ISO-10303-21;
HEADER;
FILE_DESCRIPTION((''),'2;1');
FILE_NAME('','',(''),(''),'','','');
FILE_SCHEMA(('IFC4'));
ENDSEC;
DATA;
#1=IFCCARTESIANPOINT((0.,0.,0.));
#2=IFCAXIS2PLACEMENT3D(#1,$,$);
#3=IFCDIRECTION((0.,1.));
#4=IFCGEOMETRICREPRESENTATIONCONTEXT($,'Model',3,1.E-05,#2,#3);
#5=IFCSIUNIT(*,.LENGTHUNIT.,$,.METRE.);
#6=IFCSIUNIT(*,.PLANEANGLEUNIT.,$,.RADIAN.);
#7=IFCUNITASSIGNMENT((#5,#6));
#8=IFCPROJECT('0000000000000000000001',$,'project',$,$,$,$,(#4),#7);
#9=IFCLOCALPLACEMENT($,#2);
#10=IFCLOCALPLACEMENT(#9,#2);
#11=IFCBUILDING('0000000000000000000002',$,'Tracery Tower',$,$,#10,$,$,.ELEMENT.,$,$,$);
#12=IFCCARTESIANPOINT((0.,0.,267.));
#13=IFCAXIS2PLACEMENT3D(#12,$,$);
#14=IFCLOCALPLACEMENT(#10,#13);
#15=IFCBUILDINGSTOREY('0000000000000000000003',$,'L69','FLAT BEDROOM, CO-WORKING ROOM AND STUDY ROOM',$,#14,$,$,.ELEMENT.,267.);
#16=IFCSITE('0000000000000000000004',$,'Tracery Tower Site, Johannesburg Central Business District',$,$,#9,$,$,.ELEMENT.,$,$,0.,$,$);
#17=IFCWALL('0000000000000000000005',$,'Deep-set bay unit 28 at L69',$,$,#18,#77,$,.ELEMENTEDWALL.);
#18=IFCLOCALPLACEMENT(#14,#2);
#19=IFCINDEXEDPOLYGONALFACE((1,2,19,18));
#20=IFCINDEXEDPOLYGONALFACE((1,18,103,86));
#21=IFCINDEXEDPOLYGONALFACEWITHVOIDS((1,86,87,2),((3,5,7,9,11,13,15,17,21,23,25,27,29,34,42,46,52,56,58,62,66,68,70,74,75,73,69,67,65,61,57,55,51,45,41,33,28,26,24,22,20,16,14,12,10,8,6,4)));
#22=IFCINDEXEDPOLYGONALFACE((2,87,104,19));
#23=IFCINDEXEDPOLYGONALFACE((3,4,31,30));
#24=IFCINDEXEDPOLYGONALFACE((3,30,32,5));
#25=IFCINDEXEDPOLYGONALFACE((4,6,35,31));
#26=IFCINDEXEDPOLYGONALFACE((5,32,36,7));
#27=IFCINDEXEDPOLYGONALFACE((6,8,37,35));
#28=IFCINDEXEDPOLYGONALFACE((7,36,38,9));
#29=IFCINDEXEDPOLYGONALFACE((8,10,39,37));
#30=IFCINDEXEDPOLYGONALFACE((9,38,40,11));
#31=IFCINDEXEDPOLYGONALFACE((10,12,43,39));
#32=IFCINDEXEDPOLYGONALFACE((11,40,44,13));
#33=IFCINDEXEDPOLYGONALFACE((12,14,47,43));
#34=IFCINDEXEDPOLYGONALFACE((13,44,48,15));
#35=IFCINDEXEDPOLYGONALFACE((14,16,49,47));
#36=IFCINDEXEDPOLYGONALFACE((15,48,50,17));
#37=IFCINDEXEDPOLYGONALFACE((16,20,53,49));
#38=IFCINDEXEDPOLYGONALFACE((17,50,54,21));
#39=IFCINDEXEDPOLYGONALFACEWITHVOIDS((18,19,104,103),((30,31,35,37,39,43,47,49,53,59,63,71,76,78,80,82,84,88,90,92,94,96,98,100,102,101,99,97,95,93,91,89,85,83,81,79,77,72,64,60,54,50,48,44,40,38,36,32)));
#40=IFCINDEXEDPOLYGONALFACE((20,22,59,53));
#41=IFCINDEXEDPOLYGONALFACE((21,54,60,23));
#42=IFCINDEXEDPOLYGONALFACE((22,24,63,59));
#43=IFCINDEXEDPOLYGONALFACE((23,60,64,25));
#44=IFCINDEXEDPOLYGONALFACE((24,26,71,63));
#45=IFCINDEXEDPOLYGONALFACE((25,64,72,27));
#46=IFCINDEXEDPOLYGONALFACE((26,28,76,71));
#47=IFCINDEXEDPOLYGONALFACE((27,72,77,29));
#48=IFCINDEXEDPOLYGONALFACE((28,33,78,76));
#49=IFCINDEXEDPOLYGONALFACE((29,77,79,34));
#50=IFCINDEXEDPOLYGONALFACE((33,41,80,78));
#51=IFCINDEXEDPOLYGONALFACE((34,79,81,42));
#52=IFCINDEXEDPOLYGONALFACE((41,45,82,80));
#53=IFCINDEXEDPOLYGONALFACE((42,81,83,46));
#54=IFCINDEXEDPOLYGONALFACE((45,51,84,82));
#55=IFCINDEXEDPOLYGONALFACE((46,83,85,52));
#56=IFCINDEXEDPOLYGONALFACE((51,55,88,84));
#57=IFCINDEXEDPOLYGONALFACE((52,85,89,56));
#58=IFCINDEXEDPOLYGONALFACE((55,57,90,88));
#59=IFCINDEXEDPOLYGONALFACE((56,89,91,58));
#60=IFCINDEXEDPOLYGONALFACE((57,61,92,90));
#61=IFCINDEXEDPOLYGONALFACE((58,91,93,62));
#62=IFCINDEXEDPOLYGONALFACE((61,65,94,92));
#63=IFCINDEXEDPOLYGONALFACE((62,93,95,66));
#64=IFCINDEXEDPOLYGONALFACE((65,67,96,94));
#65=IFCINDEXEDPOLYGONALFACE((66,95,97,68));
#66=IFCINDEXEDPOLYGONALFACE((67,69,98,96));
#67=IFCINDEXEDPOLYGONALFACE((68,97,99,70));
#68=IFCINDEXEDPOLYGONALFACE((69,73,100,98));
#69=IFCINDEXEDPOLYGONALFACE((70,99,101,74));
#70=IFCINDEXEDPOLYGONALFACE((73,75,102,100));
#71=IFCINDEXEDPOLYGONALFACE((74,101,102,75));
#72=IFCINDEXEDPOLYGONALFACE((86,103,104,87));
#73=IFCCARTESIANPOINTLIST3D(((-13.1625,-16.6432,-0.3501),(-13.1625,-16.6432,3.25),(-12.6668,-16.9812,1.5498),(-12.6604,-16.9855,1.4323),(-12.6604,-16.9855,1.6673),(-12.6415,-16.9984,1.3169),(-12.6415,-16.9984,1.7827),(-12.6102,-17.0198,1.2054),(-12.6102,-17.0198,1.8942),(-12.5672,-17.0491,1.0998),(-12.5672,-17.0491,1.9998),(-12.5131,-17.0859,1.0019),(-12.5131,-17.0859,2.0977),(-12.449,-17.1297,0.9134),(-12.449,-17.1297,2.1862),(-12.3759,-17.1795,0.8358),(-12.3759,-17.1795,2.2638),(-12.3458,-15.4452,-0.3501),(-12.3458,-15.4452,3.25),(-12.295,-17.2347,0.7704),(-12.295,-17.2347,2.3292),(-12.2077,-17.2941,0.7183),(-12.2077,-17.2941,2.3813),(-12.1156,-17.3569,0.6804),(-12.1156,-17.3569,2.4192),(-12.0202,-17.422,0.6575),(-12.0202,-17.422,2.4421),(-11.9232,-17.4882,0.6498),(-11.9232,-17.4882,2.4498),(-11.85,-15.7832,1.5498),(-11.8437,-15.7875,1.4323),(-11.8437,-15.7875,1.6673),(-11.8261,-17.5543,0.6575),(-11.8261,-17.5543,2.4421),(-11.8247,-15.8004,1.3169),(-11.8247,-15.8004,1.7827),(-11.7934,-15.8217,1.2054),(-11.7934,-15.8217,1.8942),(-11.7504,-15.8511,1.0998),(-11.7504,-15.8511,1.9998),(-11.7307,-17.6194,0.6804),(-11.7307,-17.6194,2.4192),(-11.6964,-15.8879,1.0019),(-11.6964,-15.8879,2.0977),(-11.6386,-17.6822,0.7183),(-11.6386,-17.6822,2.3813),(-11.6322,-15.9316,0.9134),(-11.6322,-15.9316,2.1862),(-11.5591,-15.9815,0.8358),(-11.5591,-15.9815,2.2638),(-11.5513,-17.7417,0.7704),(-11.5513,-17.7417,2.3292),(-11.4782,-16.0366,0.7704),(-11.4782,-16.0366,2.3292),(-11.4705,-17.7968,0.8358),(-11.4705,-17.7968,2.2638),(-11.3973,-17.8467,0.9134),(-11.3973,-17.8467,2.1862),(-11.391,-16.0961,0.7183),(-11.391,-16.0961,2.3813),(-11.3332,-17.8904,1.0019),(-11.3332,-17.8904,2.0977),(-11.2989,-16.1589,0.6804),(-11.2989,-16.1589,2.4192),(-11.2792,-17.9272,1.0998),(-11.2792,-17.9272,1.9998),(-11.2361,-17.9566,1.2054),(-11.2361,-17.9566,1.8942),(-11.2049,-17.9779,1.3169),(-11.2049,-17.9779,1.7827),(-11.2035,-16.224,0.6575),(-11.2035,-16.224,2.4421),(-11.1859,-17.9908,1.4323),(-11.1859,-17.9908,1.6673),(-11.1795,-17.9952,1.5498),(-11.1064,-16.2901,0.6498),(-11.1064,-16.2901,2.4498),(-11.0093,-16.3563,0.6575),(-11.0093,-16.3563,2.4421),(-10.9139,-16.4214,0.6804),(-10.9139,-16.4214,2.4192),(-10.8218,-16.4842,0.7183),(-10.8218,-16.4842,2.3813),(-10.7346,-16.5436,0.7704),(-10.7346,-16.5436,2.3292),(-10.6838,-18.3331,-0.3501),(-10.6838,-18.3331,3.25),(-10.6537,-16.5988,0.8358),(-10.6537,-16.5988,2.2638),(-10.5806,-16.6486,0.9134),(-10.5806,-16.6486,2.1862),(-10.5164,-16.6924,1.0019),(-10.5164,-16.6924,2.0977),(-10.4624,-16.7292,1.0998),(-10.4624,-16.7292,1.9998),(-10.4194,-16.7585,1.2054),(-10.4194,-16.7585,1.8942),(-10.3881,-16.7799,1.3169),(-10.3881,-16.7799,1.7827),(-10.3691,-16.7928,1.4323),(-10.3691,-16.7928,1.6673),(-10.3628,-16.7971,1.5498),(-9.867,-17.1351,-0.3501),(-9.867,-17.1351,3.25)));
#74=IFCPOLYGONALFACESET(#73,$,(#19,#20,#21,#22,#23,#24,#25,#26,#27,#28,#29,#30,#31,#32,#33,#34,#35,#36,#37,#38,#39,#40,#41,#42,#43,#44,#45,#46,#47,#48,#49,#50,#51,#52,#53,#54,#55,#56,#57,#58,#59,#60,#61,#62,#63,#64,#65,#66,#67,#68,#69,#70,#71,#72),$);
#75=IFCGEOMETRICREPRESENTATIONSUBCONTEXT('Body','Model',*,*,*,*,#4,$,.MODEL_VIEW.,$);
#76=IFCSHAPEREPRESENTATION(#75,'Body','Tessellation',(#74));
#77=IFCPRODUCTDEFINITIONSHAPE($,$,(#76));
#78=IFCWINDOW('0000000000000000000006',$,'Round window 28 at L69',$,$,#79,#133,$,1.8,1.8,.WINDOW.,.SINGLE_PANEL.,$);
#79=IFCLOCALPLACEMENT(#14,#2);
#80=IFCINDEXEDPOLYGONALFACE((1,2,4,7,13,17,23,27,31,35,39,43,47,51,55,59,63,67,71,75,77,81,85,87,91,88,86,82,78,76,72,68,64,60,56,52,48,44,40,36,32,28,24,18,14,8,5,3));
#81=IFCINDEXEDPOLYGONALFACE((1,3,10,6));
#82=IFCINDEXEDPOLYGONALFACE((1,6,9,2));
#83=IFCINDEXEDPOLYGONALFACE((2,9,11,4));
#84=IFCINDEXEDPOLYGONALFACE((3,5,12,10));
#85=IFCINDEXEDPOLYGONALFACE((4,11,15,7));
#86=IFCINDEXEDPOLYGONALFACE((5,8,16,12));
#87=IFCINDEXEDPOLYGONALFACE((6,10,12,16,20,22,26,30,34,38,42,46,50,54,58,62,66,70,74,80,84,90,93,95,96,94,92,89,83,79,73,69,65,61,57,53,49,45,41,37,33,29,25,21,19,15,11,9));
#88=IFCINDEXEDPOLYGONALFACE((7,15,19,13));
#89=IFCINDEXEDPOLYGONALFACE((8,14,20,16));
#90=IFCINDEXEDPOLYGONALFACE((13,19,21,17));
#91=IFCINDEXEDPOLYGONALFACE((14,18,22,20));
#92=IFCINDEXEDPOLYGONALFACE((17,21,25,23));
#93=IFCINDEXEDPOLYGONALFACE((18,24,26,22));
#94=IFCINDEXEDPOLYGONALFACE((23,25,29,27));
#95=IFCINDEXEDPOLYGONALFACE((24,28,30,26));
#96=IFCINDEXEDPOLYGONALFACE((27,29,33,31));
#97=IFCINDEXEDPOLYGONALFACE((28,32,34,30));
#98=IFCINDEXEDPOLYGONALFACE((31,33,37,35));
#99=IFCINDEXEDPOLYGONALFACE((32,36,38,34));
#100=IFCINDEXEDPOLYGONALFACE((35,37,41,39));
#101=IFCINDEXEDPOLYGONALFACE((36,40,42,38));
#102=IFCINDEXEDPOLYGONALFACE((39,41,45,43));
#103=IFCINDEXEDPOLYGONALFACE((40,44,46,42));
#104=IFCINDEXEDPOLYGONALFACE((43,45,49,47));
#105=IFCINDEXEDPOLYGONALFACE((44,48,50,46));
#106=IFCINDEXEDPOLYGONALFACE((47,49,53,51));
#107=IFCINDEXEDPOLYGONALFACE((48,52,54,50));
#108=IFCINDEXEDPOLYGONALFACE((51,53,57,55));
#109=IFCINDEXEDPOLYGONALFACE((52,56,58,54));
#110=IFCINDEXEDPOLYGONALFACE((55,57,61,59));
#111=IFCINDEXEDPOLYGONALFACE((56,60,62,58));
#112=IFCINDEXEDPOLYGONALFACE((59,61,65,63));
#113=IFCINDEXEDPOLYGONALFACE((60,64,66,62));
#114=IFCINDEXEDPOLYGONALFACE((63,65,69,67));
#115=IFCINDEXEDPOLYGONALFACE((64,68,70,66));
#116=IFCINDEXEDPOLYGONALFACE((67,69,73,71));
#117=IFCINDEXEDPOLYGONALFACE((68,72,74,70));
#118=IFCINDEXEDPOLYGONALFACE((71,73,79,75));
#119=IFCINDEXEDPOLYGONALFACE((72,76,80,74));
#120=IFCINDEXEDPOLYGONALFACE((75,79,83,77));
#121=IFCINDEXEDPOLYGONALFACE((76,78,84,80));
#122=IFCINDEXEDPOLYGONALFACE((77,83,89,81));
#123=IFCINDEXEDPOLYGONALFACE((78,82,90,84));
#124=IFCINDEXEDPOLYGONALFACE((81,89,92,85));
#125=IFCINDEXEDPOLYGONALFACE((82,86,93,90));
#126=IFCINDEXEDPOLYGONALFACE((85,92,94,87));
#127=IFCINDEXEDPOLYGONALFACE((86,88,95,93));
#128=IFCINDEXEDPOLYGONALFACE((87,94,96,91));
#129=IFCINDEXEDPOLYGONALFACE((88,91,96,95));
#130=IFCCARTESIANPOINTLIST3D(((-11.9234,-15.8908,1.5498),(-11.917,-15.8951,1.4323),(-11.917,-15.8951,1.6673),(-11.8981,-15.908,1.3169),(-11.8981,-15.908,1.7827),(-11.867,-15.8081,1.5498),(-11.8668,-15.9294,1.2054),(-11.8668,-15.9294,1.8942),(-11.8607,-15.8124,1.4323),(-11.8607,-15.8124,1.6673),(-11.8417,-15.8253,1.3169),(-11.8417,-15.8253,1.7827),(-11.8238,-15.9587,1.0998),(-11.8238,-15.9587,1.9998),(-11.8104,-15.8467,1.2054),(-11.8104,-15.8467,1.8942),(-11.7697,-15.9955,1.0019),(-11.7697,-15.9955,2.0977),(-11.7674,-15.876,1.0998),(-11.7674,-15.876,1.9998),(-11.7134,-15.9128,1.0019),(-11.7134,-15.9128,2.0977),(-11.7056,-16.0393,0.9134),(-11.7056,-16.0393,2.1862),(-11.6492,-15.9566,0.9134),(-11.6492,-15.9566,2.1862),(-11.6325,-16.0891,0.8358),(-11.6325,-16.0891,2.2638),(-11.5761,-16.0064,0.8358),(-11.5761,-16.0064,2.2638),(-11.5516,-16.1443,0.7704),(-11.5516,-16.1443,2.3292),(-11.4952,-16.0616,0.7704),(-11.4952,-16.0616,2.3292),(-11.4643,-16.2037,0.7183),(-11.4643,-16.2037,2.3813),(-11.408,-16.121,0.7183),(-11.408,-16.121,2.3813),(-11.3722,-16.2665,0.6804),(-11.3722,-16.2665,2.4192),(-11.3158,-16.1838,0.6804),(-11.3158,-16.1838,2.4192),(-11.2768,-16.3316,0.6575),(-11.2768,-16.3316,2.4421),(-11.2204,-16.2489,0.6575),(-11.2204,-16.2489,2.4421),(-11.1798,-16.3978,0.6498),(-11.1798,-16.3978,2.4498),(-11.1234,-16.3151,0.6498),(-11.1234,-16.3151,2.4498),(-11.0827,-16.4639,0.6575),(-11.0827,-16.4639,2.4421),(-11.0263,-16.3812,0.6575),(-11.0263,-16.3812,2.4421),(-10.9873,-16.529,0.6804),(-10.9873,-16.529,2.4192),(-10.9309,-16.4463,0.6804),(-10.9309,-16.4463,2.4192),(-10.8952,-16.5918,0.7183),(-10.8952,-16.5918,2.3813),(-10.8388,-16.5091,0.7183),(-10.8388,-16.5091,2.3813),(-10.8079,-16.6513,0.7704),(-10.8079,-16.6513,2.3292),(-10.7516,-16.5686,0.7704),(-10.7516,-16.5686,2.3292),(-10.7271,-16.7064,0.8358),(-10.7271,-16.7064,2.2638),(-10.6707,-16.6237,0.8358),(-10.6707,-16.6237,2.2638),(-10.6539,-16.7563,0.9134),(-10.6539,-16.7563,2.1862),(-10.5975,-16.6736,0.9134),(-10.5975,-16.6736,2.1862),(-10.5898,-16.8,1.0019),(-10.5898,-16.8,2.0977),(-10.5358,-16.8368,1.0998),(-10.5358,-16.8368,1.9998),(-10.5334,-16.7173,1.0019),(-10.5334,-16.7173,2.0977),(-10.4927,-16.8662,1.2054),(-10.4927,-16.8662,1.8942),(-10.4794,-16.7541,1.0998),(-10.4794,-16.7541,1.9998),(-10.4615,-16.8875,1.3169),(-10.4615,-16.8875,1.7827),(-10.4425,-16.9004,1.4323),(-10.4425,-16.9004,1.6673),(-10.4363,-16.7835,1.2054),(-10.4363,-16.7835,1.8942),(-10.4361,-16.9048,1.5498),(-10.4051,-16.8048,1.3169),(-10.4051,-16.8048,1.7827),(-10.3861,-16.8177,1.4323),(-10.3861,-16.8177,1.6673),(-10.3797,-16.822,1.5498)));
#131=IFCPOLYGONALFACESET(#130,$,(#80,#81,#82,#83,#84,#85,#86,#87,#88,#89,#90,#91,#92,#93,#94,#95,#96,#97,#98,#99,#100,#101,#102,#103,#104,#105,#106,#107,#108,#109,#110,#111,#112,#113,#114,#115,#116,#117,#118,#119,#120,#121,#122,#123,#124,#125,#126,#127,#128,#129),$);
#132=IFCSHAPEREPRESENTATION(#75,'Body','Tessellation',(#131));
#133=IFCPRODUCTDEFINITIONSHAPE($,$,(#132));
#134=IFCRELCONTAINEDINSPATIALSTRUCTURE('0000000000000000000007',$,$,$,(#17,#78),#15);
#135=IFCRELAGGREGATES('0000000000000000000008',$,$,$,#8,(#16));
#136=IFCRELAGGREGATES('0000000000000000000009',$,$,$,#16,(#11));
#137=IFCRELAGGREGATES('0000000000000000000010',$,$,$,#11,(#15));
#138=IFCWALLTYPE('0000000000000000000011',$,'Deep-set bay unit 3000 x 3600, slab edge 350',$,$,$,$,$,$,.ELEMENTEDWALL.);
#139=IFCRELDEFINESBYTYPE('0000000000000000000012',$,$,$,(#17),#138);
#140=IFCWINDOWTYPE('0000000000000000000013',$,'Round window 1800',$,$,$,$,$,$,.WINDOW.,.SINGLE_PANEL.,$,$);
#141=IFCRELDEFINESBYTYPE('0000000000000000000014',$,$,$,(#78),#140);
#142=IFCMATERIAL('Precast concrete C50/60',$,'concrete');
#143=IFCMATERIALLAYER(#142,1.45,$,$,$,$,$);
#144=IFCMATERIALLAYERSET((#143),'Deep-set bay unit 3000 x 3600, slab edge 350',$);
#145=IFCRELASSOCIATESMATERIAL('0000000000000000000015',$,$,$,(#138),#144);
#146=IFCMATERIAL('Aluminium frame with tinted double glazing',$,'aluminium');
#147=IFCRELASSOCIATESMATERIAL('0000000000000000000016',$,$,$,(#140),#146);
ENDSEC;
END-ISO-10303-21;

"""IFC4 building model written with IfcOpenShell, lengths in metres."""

from ifc_helpers import new_model, si_unit, direction, frame, frame_2d, origin, origin_2d, place, context, subcontext, project, spatial, rectangle, circle, extrude, material, layer, layer_set, type_object, element, fill, save


model = new_model("IFC4")

# Units and contexts
model_context = context("Model", 3, precision=1e-05, world=origin(), true_north=direction((0.0, 1.0)))
body_context = subcontext(model_context, "Body", "Model", "MODEL_VIEW")
ifc_project = project(units=[si_unit("LENGTHUNIT", "METRE"), si_unit("PLANEANGLEUNIT", "RADIAN")], contexts=[model_context])

# Site, building, storey
site_placement = place(None, origin())
site = spatial("IfcSite", under=ifc_project, at=site_placement, Name="Tracery Tower Site, Johannesburg Central Business District", CompositionType="ELEMENT", RefElevation=0.0)
building_placement = place(site_placement, origin())
building = spatial("IfcBuilding", under=site, at=building_placement, Name="Tracery Tower", CompositionType="ELEMENT")
storey_placement = place(building_placement, frame((0.0, 0.0, 267.0)))
storey = spatial("IfcBuildingStorey", under=building, at=storey_placement, Name="L69", Description="FLAT BEDROOM, CO-WORKING ROOM AND STUDY ROOM", CompositionType="ELEMENT", Elevation=267.0)

# Wall, opening, window
ifc_material_1 = material(Name="Precast concrete C50/60", Category="concrete")
ifc_layer_1 = layer(ifc_material_1, 1.45)
ifc_layer_set_1 = layer_set([ifc_layer_1], Name="Deep-set bay unit 3000 x 3600, slab edge 350")
wall_type_1 = type_object("IfcWallType", Name="Deep-set bay unit 3000 x 3600, slab edge 350", PredefinedType="ELEMENTEDWALL", material=ifc_layer_set_1)
ifc_material_2 = material(Name="Aluminium frame with tinted double glazing", Category="aluminium")
window_type = type_object("IfcWindowType", Name="Round window 1800", PartitioningType="SINGLE_PANEL", PredefinedType="WINDOW", material=ifc_material_2)
wall_1_placement = place(storey_placement, frame((-12.7542, -16.0442, -0.3501), z_axis=(0.0, 0.0, 1.0), x_axis=(0.826246, -0.563309, 0.0)))
wall_1 = element("IfcWall", 1, at=wall_1_placement, inside=storey, type_object=wall_type_1, Name="Deep-set bay unit 28 at L69", PredefinedType="ELEMENTEDWALL", context=body_context, shape_type="SweptSolid", body=[
    extrude(rectangle(XDim=3.0, YDim=1.45, at=frame_2d((1.5, 0.0))), origin(), (0.0, 0.0, 1.0), 3.6001),
])
opening_1_placement = place(wall_1_placement, frame((1.5, 0.0, 1.8999)))
opening_1 = element("IfcOpeningElement", 2, at=opening_1_placement, cuts=wall_1, PredefinedType="OPENING", context=body_context, shape_type="SweptSolid", body=[
    extrude(circle(Radius=0.9, at=origin_2d()), frame((0.0, 0.7349, 0.0), z_axis=(0.0, -1.0, 0.0), x_axis=(1.0, 0.0, 0.0)), (0.0, 0.0, 1.0), 1.47),
])
window_1_placement = place(opening_1_placement, origin())
window_1 = element("IfcWindow", 3, at=window_1_placement, inside=storey, type_object=window_type, Name="Round window 28 at L69", OverallHeight=1.8, OverallWidth=1.8, PartitioningType="SINGLE_PANEL", PredefinedType="WINDOW", context=body_context, shape_type="SweptSolid", body=[
    extrude(circle(Radius=0.9, at=origin_2d()), frame((0.0, 0.6948, 0.0), z_axis=(0.0, -1.0, 0.0), x_axis=(1.0, 0.0, 0.0)), (0.0, 0.0, 1.0), 0.1001),
])
fill(opening_1, window_1)

save(model, "model.ifc")
